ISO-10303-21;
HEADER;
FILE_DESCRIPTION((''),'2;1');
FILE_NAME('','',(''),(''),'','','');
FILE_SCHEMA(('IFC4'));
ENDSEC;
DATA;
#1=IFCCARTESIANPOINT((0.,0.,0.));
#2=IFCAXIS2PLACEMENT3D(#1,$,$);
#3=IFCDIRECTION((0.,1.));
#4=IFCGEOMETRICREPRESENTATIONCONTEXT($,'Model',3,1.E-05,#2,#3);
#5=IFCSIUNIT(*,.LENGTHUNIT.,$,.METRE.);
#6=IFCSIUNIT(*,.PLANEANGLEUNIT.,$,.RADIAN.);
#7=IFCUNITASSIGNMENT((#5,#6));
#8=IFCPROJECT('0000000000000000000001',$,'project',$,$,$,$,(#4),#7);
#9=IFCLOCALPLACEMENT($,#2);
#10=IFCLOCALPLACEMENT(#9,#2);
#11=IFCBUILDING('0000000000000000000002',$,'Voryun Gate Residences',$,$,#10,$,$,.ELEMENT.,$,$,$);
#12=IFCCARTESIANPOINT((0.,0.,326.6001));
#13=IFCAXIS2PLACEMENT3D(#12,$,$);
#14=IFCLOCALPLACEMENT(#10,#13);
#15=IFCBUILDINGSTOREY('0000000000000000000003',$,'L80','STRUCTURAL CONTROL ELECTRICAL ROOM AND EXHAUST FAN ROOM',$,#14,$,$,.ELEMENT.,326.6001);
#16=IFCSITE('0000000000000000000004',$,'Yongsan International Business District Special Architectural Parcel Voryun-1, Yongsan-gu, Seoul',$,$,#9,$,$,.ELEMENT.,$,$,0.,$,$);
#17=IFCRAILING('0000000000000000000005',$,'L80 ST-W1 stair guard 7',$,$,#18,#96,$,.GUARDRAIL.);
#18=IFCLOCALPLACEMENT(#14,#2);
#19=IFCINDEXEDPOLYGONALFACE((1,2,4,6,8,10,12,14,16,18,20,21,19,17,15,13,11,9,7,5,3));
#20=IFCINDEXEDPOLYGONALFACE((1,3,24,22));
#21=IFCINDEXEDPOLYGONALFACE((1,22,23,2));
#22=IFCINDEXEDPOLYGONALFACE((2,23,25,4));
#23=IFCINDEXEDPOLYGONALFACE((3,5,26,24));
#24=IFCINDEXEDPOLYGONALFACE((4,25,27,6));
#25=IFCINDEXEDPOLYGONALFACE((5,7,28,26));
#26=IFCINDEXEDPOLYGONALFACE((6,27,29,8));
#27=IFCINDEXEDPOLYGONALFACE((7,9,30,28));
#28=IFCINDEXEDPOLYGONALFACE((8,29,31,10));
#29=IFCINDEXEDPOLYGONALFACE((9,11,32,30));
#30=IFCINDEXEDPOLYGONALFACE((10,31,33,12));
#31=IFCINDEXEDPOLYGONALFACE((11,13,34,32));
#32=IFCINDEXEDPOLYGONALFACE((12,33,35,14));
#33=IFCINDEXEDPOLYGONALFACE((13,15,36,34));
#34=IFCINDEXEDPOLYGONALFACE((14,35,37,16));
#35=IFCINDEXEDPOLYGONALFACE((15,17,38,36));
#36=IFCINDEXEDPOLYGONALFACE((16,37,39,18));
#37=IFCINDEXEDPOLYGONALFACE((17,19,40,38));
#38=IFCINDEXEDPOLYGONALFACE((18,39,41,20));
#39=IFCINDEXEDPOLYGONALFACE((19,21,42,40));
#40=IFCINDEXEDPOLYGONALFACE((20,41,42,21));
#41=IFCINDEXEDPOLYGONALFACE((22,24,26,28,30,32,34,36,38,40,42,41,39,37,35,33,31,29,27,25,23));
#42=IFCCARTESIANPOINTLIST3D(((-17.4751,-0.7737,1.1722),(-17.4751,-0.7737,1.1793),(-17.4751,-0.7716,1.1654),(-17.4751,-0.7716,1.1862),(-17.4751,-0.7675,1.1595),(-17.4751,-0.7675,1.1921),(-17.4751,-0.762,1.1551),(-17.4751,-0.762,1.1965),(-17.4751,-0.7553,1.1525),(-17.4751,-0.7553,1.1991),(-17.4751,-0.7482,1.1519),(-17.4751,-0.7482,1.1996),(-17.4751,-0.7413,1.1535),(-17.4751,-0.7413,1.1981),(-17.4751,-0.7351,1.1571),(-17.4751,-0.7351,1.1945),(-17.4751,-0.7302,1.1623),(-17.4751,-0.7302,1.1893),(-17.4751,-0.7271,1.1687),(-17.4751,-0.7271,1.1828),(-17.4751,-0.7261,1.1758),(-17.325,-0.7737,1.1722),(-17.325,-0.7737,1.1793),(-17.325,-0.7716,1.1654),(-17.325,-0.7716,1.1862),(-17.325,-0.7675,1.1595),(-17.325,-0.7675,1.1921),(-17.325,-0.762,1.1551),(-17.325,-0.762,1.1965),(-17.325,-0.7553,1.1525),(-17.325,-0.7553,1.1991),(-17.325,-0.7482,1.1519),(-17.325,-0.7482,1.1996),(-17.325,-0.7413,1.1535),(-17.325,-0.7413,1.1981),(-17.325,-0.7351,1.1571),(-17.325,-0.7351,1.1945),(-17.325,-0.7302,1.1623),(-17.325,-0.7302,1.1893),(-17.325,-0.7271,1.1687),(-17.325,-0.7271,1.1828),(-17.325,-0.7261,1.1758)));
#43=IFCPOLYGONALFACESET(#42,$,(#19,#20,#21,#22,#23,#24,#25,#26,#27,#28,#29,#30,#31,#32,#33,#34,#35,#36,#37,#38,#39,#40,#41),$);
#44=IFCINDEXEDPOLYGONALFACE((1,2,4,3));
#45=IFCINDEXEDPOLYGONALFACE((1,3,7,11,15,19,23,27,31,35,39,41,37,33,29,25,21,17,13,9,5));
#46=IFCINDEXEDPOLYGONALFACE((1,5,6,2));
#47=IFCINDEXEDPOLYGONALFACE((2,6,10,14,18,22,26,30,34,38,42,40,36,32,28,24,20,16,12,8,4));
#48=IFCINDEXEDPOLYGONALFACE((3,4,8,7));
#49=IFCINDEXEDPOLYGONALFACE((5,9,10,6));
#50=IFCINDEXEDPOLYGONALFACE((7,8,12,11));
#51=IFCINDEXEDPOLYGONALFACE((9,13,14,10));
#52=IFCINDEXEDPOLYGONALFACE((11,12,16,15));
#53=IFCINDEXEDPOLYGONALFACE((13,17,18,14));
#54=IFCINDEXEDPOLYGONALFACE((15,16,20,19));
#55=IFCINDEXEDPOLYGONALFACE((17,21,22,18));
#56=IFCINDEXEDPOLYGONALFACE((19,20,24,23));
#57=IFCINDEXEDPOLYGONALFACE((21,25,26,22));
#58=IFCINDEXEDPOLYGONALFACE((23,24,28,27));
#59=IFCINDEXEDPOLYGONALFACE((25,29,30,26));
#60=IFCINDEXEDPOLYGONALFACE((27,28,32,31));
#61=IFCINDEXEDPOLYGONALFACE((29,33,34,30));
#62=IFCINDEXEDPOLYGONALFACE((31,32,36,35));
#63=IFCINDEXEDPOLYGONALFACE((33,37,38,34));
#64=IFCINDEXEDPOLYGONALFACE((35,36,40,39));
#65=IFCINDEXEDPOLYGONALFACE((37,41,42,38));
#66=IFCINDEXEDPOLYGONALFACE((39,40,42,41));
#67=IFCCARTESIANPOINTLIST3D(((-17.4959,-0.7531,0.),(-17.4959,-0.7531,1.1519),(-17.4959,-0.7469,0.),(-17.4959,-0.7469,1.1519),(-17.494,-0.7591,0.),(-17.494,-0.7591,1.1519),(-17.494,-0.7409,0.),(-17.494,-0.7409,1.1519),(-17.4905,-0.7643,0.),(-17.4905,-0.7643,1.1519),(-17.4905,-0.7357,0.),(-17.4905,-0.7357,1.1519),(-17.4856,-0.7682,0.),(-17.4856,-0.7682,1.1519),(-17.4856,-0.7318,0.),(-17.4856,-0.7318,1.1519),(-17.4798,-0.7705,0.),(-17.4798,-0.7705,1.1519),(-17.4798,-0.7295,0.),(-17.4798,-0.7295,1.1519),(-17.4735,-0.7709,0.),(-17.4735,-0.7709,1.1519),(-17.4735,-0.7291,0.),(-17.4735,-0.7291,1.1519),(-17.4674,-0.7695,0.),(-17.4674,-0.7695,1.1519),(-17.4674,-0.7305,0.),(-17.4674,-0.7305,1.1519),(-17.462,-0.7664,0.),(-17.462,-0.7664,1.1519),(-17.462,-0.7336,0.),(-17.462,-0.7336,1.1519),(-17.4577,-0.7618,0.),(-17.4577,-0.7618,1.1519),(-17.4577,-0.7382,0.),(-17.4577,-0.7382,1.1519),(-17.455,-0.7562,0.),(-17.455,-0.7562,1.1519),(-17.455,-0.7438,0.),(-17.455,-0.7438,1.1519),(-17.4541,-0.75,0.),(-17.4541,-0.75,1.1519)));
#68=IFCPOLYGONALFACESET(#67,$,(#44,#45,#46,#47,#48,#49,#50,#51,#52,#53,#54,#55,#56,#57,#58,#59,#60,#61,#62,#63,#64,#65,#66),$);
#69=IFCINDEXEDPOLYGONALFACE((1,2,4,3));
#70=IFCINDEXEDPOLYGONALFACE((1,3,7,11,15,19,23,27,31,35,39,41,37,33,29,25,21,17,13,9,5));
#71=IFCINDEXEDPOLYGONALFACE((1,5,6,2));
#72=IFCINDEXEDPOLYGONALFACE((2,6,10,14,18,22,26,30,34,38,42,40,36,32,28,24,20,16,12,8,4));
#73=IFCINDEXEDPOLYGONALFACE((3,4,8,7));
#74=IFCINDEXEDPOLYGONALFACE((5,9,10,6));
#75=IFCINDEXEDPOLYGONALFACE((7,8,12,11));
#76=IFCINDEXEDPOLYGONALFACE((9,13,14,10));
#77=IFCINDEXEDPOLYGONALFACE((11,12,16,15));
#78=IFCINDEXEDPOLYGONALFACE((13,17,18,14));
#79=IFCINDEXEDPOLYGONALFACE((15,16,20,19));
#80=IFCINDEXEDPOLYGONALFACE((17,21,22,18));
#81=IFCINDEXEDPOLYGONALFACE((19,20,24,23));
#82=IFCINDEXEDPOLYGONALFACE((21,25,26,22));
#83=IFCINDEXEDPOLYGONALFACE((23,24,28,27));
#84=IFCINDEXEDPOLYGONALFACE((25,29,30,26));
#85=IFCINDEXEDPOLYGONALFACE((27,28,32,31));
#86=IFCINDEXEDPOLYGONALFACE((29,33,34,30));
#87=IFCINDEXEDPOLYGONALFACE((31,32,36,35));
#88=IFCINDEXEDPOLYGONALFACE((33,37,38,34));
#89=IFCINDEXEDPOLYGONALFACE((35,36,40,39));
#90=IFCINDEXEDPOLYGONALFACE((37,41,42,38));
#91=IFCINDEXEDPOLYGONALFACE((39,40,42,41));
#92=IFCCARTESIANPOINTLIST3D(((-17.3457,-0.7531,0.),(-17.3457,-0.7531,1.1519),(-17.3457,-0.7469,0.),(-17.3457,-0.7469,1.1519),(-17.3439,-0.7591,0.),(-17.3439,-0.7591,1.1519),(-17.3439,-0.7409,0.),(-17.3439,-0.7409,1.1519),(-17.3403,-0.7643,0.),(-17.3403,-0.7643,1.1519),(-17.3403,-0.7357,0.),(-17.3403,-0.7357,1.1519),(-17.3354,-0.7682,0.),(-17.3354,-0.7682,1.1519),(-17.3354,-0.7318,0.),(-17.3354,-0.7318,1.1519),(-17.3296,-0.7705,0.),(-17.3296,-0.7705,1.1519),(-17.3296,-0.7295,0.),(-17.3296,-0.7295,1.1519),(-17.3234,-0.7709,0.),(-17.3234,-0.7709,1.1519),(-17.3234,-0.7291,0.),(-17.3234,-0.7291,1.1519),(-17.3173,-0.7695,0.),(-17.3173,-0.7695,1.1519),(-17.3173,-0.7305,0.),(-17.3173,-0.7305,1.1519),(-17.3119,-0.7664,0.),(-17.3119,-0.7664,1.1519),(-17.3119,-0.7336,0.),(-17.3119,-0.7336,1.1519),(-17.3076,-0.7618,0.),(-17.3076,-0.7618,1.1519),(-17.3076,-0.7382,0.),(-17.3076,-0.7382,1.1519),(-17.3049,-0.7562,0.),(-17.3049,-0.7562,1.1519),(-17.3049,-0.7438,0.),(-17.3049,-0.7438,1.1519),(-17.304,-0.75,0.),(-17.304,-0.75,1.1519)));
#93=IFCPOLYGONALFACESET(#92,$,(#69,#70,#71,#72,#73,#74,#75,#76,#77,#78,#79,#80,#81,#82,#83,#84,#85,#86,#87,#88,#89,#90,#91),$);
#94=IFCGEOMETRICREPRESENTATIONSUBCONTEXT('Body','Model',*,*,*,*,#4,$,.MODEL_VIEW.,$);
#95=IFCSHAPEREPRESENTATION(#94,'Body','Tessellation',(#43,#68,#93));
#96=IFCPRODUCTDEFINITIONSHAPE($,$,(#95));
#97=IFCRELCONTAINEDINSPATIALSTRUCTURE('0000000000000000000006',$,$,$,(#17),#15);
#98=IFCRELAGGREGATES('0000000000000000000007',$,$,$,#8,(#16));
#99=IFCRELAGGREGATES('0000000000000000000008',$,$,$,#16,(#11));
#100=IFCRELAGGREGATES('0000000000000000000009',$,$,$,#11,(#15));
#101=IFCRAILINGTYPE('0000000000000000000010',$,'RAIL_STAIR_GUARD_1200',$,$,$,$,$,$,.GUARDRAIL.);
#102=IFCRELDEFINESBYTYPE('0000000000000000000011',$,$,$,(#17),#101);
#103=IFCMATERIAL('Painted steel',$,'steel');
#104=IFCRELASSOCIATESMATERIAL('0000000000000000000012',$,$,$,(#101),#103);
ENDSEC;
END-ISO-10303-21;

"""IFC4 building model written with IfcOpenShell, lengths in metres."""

from ifc_helpers import new_model, si_unit, direction, frame, origin, origin_2d, place, context, subcontext, project, spatial, circle, extrude, material, type_object, element, save


model = new_model("IFC4")

# Units and contexts
model_context = context("Model", 3, precision=1e-05, world=origin(), true_north=direction((0.0, 1.0)))
body_context = subcontext(model_context, "Body", "Model", "MODEL_VIEW")
ifc_project = project(units=[si_unit("LENGTHUNIT", "METRE"), si_unit("PLANEANGLEUNIT", "RADIAN")], contexts=[model_context])

# Site, building, storey
site_placement = place(None, origin())
site = spatial("IfcSite", under=ifc_project, at=site_placement, Name="Yongsan International Business District Special Architectural Parcel Voryun-1, Yongsan-gu, Seoul", CompositionType="ELEMENT", RefElevation=0.0)
building_placement = place(site_placement, origin())
building = spatial("IfcBuilding", under=site, at=building_placement, Name="Voryun Gate Residences", CompositionType="ELEMENT")
storey_placement = place(building_placement, frame((0.0, 0.0, 326.6001)))
storey = spatial("IfcBuildingStorey", under=building, at=storey_placement, Name="L80", Description="STRUCTURAL CONTROL ELECTRICAL ROOM AND EXHAUST FAN ROOM", CompositionType="ELEMENT", Elevation=326.6001)

# Railing
ifc_material_1 = material(Name="Painted steel", Category="steel")
railing_type_1 = type_object("IfcRailingType", Name="RAIL_STAIR_GUARD_1200", PredefinedType="GUARDRAIL", material=ifc_material_1)
railing_1_placement = place(storey_placement, frame((-17.4751, -0.75, 0.0)))
element("IfcRailing", 1, at=railing_1_placement, inside=storey, type_object=railing_type_1, Name="L80 ST-W1 stair guard 7", PredefinedType="GUARDRAIL", context=body_context, shape_type="SweptSolid", body=[
    extrude(circle(Radius=0.0239, at=origin_2d()), frame((0.0, 0.0, 1.1758), z_axis=(1.0, 0.0, 0.0), x_axis=(0.0, 1.0, 0.0)), (0.0, 0.0, 1.0), 0.1501),
    extrude(circle(Radius=0.021, at=origin_2d()), origin(), (0.0, 0.0, 1.0), 1.1519),
    extrude(circle(Radius=0.021, at=origin_2d()), frame((0.1501, 0.0, 0.0)), (0.0, 0.0, 1.0), 1.1519),
])

save(model, "model.ifc")
